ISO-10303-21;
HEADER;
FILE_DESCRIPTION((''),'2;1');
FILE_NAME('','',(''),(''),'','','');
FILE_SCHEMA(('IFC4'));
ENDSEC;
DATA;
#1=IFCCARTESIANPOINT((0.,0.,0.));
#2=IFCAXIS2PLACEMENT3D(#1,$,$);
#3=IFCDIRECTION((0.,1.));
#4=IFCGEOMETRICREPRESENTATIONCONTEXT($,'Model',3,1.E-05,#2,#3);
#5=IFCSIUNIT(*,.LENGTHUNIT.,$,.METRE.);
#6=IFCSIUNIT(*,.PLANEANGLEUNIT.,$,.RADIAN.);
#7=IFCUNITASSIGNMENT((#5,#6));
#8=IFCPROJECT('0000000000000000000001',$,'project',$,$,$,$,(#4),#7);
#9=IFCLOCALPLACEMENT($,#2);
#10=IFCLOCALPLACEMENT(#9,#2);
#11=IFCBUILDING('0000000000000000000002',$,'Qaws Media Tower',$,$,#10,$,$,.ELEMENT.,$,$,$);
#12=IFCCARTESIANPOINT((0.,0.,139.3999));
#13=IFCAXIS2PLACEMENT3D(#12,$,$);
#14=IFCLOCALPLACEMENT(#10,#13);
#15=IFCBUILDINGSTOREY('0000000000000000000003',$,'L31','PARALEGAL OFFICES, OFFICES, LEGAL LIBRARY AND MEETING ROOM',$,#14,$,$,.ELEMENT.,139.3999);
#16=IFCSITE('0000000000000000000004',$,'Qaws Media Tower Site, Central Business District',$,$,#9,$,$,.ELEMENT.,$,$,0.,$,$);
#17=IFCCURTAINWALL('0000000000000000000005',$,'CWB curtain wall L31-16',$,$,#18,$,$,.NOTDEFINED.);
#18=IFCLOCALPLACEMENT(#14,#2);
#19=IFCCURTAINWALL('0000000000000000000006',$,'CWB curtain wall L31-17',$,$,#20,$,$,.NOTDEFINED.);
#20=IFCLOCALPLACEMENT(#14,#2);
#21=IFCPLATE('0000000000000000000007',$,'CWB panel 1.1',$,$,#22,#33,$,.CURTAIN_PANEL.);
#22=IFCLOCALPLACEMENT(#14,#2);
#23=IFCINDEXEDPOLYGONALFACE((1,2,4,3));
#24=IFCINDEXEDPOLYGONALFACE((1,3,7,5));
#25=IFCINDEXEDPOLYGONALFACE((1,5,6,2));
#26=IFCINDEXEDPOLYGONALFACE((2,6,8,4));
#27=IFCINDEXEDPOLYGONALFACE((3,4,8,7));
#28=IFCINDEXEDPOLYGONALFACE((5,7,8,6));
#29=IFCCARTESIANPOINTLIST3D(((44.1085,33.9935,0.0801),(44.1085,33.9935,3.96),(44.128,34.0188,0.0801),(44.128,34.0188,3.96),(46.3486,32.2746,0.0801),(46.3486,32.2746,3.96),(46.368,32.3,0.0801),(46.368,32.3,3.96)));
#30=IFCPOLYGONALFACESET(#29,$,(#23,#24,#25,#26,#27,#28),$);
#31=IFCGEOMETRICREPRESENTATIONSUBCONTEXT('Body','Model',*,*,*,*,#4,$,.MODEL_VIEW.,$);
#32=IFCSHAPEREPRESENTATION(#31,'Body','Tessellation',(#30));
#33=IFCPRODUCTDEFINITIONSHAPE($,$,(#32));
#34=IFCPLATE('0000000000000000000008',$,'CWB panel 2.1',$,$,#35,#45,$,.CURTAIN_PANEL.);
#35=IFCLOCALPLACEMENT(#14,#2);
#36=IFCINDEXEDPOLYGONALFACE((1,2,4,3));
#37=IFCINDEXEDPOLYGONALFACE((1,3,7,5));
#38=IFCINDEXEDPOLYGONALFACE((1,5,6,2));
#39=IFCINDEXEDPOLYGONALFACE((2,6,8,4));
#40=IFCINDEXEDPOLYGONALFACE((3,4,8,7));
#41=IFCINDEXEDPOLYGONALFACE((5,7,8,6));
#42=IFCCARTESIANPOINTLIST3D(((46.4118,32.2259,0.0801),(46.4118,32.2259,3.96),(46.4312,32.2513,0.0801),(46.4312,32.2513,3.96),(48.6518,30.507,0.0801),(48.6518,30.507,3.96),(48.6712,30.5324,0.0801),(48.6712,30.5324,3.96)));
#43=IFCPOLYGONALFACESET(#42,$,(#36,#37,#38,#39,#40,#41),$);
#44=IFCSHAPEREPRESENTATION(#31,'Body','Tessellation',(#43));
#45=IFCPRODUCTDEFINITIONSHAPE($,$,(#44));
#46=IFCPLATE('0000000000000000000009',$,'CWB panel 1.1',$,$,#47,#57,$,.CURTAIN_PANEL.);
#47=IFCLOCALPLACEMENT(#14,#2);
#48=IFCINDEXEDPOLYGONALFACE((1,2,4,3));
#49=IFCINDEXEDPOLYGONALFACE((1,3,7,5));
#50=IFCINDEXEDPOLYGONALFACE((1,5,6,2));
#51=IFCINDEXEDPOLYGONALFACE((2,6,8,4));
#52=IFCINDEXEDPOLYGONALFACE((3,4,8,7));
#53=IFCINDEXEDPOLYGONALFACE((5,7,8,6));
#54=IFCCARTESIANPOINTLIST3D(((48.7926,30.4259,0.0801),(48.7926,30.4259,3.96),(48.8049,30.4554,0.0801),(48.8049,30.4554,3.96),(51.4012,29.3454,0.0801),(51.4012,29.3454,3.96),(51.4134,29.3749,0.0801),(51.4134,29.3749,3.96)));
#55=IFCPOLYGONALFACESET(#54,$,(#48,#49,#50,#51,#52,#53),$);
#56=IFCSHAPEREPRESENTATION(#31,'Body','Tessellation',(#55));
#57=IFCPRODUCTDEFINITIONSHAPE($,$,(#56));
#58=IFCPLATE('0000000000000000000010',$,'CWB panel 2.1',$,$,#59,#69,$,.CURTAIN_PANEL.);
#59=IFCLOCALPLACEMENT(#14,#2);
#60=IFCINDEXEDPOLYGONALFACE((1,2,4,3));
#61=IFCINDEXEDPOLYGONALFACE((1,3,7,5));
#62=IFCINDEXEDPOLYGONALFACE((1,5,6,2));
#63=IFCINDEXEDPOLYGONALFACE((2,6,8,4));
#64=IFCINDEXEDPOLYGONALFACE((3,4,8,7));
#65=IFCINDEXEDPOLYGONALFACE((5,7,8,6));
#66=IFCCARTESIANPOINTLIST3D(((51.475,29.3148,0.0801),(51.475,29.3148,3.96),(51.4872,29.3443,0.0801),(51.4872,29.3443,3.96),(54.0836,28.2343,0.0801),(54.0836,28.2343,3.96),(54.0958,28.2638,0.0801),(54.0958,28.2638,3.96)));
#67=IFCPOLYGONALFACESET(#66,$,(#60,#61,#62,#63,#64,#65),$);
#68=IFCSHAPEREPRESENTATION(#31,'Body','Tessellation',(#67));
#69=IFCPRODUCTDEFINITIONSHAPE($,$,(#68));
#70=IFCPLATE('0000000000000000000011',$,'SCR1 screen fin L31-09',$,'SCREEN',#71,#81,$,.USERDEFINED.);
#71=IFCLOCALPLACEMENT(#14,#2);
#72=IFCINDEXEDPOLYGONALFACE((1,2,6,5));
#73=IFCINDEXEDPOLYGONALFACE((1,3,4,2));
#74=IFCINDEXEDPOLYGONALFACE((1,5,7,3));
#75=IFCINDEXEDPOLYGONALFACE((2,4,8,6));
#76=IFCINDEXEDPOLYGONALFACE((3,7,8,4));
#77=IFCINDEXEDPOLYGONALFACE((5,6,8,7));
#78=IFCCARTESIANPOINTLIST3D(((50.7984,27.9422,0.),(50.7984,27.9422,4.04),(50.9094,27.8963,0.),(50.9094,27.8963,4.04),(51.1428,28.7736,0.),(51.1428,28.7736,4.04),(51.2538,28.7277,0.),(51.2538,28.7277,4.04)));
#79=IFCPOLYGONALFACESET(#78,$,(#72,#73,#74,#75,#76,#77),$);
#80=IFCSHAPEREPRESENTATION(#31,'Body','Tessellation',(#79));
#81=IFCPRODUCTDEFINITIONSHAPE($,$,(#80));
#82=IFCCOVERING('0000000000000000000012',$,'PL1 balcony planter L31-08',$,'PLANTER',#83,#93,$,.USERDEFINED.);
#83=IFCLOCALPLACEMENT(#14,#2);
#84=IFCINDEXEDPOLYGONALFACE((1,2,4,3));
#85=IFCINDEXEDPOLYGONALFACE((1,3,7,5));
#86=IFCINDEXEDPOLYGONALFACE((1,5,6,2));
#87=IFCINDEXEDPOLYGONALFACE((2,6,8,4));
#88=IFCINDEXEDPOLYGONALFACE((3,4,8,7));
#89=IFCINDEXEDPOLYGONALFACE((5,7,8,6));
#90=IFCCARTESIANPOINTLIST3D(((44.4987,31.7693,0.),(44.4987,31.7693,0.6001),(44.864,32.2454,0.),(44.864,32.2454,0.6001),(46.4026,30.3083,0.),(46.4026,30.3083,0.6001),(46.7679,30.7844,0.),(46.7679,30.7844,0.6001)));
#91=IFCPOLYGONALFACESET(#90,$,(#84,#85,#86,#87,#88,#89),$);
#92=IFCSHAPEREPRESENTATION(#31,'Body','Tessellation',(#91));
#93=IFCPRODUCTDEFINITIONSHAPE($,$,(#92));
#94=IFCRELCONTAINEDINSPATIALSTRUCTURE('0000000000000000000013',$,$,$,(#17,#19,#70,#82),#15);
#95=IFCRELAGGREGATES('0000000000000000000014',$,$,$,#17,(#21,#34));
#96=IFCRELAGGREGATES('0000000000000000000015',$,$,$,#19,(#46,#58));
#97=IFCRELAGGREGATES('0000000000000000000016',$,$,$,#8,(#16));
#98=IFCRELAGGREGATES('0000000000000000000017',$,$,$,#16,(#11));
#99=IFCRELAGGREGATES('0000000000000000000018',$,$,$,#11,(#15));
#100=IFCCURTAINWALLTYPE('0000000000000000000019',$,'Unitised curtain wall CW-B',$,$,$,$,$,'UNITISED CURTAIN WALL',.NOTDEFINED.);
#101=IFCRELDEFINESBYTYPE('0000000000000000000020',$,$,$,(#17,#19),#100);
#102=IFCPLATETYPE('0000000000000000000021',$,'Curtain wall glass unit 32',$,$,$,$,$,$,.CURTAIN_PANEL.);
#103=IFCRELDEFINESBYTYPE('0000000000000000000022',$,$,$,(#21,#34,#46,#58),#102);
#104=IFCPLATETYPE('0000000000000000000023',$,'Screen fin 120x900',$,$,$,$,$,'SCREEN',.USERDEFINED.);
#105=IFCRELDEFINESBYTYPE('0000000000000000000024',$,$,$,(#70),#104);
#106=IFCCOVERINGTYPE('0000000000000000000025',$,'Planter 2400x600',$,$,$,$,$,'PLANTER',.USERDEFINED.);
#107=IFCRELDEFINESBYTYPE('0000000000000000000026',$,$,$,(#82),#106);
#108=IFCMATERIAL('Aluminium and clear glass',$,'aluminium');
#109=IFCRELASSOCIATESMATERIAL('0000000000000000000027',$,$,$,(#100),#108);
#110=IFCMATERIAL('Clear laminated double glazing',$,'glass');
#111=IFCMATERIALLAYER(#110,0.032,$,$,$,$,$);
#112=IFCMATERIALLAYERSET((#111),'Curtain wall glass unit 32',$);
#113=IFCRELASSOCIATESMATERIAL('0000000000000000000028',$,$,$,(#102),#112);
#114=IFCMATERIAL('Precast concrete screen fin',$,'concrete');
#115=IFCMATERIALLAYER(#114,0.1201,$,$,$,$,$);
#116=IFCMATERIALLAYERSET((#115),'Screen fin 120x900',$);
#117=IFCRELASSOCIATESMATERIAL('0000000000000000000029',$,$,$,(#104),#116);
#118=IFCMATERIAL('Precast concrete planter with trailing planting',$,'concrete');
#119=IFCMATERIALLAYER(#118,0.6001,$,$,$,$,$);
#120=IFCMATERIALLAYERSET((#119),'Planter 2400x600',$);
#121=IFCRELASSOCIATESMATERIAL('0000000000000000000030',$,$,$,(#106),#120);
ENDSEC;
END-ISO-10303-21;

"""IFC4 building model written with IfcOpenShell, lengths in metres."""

from ifc_helpers import new_model, si_unit, direction, frame, origin, origin_2d, place, context, subcontext, project, spatial, rectangle, extrude, material, layer, layer_set, type_object, element, aggregate, save


model = new_model("IFC4")

# Units and contexts
model_context = context("Model", 3, precision=1e-05, world=origin(), true_north=direction((0.0, 1.0)))
body_context = subcontext(model_context, "Body", "Model", "MODEL_VIEW")
ifc_project = project(units=[si_unit("LENGTHUNIT", "METRE"), si_unit("PLANEANGLEUNIT", "RADIAN")], contexts=[model_context])

# Site, building, storey
site_placement = place(None, origin())
site = spatial("IfcSite", under=ifc_project, at=site_placement, Name="Qaws Media Tower Site, Central Business District", CompositionType="ELEMENT", RefElevation=0.0)
building_placement = place(site_placement, origin())
building = spatial("IfcBuilding", under=site, at=building_placement, Name="Qaws Media Tower", CompositionType="ELEMENT")
storey_placement = place(building_placement, frame((0.0, 0.0, 139.3999)))
storey = spatial("IfcBuildingStorey", under=building, at=storey_placement, Name="L31", Description="PARALEGAL OFFICES, OFFICES, LEGAL LIBRARY AND MEETING ROOM", CompositionType="ELEMENT", Elevation=139.3999)

# Curtain walls
ifc_material_1 = material(Name="Aluminium and clear glass", Category="aluminium")
curtain_wall_type = type_object("IfcCurtainWallType", Name="Unitised curtain wall CW-B", ElementType="UNITISED CURTAIN WALL", PredefinedType="NOTDEFINED", material=ifc_material_1)
curtain_wall_1_placement = place(storey_placement, origin())
curtain_wall_1 = element("IfcCurtainWall", 1, at=curtain_wall_1_placement, inside=storey, type_object=curtain_wall_type, Name="CWB curtain wall L31-16", PredefinedType="NOTDEFINED")
curtain_wall_2_placement = place(storey_placement, origin())
curtain_wall_2 = element("IfcCurtainWall", 2, at=curtain_wall_2_placement, inside=storey, type_object=curtain_wall_type, Name="CWB curtain wall L31-17", PredefinedType="NOTDEFINED")

# Plates
ifc_material_2 = material(Name="Clear laminated double glazing", Category="glass")
ifc_layer_1 = layer(ifc_material_2, 0.032)
ifc_layer_set_1 = layer_set([ifc_layer_1], Name="Curtain wall glass unit 32")
plate_type_1 = type_object("IfcPlateType", Name="Curtain wall glass unit 32", PredefinedType="CURTAIN_PANEL", material=ifc_layer_set_1)
plate_1_placement = place(storey_placement, frame((45.2383, 33.1467, 0.0801), z_axis=(0.0, 0.0, 1.0), x_axis=(0.793353, -0.608761, 0.0)))
plate_1 = element("IfcPlate", 3, at=plate_1_placement, type_object=plate_type_1, Name="CWB panel 1.1", PredefinedType="CURTAIN_PANEL", context=body_context, shape_type="SweptSolid", body=[
    extrude(rectangle(XDim=2.8235, YDim=0.032, at=origin_2d()), origin(), (0.0, 0.0, 1.0), 3.8799),
])
plate_2_placement = place(storey_placement, frame((47.5415, 31.3792, 0.0801), z_axis=(0.0, 0.0, 1.0), x_axis=(0.793353, -0.608761, 0.0)))
plate_2 = element("IfcPlate", 4, at=plate_2_placement, type_object=plate_type_1, Name="CWB panel 2.1", PredefinedType="CURTAIN_PANEL", context=body_context, shape_type="SweptSolid", body=[
    extrude(rectangle(XDim=2.8235, YDim=0.032, at=origin_2d()), origin(), (0.0, 0.0, 1.0), 3.8799),
])
aggregate(curtain_wall_1, [plate_1, plate_2])
plate_3_placement = place(storey_placement, frame((50.103, 29.9004, 0.0801), z_axis=(0.0, 0.0, 1.0), x_axis=(0.92388, -0.382683, 0.0)))
plate_3 = element("IfcPlate", 5, at=plate_3_placement, type_object=plate_type_1, Name="CWB panel 1.1", PredefinedType="CURTAIN_PANEL", context=body_context, shape_type="SweptSolid", body=[
    extrude(rectangle(XDim=2.8235, YDim=0.032, at=origin_2d()), origin(), (0.0, 0.0, 1.0), 3.8799),
])
plate_4_placement = place(storey_placement, frame((52.7854, 28.7893, 0.0801), z_axis=(0.0, 0.0, 1.0), x_axis=(0.92388, -0.382683, 0.0)))
plate_4 = element("IfcPlate", 6, at=plate_4_placement, type_object=plate_type_1, Name="CWB panel 2.1", PredefinedType="CURTAIN_PANEL", context=body_context, shape_type="SweptSolid", body=[
    extrude(rectangle(XDim=2.8235, YDim=0.032, at=origin_2d()), origin(), (0.0, 0.0, 1.0), 3.8799),
])
aggregate(curtain_wall_2, [plate_3, plate_4])
ifc_material_3 = material(Name="Precast concrete screen fin", Category="concrete")
ifc_layer_2 = layer(ifc_material_3, 0.1201)
ifc_layer_set_2 = layer_set([ifc_layer_2], Name="Screen fin 120x900")
plate_type_2 = type_object("IfcPlateType", Name="Screen fin 120x900", ElementType="SCREEN", PredefinedType="USERDEFINED", material=ifc_layer_set_2)
plate_5_placement = place(storey_placement, frame((51.0261, 28.335, 0.0), z_axis=(0.0, 0.0, 1.0), x_axis=(-0.382683, -0.92388, 0.0)))
element("IfcPlate", 7, at=plate_5_placement, inside=storey, type_object=plate_type_2, Name="SCR1 screen fin L31-09", ObjectType="SCREEN", PredefinedType="USERDEFINED", context=body_context, shape_type="SweptSolid", body=[
    extrude(rectangle(XDim=0.8999, YDim=0.1201, at=origin_2d()), origin(), (0.0, 0.0, 1.0), 4.04),
])

# Covering
ifc_material_4 = material(Name="Precast concrete planter with trailing planting", Category="concrete")
ifc_layer_3 = layer(ifc_material_4, 0.6001)
ifc_layer_set_3 = layer_set([ifc_layer_3], Name="Planter 2400x600")
covering_type = type_object("IfcCoveringType", Name="Planter 2400x600", ElementType="PLANTER", PredefinedType="USERDEFINED", material=ifc_layer_set_3)
covering_placement = place(storey_placement, frame((45.6333, 31.2769, 0.0), z_axis=(0.0, 0.0, 1.0), x_axis=(0.793353, -0.608761, 0.0)))
element("IfcCovering", 8, at=covering_placement, inside=storey, type_object=covering_type, Name="PL1 balcony planter L31-08", ObjectType="PLANTER", PredefinedType="USERDEFINED", context=body_context, shape_type="SweptSolid", body=[
    extrude(rectangle(XDim=2.3999, YDim=0.6001, at=origin_2d()), origin(), (0.0, 0.0, 1.0), 0.6001),
])

save(model, "model.ifc")
